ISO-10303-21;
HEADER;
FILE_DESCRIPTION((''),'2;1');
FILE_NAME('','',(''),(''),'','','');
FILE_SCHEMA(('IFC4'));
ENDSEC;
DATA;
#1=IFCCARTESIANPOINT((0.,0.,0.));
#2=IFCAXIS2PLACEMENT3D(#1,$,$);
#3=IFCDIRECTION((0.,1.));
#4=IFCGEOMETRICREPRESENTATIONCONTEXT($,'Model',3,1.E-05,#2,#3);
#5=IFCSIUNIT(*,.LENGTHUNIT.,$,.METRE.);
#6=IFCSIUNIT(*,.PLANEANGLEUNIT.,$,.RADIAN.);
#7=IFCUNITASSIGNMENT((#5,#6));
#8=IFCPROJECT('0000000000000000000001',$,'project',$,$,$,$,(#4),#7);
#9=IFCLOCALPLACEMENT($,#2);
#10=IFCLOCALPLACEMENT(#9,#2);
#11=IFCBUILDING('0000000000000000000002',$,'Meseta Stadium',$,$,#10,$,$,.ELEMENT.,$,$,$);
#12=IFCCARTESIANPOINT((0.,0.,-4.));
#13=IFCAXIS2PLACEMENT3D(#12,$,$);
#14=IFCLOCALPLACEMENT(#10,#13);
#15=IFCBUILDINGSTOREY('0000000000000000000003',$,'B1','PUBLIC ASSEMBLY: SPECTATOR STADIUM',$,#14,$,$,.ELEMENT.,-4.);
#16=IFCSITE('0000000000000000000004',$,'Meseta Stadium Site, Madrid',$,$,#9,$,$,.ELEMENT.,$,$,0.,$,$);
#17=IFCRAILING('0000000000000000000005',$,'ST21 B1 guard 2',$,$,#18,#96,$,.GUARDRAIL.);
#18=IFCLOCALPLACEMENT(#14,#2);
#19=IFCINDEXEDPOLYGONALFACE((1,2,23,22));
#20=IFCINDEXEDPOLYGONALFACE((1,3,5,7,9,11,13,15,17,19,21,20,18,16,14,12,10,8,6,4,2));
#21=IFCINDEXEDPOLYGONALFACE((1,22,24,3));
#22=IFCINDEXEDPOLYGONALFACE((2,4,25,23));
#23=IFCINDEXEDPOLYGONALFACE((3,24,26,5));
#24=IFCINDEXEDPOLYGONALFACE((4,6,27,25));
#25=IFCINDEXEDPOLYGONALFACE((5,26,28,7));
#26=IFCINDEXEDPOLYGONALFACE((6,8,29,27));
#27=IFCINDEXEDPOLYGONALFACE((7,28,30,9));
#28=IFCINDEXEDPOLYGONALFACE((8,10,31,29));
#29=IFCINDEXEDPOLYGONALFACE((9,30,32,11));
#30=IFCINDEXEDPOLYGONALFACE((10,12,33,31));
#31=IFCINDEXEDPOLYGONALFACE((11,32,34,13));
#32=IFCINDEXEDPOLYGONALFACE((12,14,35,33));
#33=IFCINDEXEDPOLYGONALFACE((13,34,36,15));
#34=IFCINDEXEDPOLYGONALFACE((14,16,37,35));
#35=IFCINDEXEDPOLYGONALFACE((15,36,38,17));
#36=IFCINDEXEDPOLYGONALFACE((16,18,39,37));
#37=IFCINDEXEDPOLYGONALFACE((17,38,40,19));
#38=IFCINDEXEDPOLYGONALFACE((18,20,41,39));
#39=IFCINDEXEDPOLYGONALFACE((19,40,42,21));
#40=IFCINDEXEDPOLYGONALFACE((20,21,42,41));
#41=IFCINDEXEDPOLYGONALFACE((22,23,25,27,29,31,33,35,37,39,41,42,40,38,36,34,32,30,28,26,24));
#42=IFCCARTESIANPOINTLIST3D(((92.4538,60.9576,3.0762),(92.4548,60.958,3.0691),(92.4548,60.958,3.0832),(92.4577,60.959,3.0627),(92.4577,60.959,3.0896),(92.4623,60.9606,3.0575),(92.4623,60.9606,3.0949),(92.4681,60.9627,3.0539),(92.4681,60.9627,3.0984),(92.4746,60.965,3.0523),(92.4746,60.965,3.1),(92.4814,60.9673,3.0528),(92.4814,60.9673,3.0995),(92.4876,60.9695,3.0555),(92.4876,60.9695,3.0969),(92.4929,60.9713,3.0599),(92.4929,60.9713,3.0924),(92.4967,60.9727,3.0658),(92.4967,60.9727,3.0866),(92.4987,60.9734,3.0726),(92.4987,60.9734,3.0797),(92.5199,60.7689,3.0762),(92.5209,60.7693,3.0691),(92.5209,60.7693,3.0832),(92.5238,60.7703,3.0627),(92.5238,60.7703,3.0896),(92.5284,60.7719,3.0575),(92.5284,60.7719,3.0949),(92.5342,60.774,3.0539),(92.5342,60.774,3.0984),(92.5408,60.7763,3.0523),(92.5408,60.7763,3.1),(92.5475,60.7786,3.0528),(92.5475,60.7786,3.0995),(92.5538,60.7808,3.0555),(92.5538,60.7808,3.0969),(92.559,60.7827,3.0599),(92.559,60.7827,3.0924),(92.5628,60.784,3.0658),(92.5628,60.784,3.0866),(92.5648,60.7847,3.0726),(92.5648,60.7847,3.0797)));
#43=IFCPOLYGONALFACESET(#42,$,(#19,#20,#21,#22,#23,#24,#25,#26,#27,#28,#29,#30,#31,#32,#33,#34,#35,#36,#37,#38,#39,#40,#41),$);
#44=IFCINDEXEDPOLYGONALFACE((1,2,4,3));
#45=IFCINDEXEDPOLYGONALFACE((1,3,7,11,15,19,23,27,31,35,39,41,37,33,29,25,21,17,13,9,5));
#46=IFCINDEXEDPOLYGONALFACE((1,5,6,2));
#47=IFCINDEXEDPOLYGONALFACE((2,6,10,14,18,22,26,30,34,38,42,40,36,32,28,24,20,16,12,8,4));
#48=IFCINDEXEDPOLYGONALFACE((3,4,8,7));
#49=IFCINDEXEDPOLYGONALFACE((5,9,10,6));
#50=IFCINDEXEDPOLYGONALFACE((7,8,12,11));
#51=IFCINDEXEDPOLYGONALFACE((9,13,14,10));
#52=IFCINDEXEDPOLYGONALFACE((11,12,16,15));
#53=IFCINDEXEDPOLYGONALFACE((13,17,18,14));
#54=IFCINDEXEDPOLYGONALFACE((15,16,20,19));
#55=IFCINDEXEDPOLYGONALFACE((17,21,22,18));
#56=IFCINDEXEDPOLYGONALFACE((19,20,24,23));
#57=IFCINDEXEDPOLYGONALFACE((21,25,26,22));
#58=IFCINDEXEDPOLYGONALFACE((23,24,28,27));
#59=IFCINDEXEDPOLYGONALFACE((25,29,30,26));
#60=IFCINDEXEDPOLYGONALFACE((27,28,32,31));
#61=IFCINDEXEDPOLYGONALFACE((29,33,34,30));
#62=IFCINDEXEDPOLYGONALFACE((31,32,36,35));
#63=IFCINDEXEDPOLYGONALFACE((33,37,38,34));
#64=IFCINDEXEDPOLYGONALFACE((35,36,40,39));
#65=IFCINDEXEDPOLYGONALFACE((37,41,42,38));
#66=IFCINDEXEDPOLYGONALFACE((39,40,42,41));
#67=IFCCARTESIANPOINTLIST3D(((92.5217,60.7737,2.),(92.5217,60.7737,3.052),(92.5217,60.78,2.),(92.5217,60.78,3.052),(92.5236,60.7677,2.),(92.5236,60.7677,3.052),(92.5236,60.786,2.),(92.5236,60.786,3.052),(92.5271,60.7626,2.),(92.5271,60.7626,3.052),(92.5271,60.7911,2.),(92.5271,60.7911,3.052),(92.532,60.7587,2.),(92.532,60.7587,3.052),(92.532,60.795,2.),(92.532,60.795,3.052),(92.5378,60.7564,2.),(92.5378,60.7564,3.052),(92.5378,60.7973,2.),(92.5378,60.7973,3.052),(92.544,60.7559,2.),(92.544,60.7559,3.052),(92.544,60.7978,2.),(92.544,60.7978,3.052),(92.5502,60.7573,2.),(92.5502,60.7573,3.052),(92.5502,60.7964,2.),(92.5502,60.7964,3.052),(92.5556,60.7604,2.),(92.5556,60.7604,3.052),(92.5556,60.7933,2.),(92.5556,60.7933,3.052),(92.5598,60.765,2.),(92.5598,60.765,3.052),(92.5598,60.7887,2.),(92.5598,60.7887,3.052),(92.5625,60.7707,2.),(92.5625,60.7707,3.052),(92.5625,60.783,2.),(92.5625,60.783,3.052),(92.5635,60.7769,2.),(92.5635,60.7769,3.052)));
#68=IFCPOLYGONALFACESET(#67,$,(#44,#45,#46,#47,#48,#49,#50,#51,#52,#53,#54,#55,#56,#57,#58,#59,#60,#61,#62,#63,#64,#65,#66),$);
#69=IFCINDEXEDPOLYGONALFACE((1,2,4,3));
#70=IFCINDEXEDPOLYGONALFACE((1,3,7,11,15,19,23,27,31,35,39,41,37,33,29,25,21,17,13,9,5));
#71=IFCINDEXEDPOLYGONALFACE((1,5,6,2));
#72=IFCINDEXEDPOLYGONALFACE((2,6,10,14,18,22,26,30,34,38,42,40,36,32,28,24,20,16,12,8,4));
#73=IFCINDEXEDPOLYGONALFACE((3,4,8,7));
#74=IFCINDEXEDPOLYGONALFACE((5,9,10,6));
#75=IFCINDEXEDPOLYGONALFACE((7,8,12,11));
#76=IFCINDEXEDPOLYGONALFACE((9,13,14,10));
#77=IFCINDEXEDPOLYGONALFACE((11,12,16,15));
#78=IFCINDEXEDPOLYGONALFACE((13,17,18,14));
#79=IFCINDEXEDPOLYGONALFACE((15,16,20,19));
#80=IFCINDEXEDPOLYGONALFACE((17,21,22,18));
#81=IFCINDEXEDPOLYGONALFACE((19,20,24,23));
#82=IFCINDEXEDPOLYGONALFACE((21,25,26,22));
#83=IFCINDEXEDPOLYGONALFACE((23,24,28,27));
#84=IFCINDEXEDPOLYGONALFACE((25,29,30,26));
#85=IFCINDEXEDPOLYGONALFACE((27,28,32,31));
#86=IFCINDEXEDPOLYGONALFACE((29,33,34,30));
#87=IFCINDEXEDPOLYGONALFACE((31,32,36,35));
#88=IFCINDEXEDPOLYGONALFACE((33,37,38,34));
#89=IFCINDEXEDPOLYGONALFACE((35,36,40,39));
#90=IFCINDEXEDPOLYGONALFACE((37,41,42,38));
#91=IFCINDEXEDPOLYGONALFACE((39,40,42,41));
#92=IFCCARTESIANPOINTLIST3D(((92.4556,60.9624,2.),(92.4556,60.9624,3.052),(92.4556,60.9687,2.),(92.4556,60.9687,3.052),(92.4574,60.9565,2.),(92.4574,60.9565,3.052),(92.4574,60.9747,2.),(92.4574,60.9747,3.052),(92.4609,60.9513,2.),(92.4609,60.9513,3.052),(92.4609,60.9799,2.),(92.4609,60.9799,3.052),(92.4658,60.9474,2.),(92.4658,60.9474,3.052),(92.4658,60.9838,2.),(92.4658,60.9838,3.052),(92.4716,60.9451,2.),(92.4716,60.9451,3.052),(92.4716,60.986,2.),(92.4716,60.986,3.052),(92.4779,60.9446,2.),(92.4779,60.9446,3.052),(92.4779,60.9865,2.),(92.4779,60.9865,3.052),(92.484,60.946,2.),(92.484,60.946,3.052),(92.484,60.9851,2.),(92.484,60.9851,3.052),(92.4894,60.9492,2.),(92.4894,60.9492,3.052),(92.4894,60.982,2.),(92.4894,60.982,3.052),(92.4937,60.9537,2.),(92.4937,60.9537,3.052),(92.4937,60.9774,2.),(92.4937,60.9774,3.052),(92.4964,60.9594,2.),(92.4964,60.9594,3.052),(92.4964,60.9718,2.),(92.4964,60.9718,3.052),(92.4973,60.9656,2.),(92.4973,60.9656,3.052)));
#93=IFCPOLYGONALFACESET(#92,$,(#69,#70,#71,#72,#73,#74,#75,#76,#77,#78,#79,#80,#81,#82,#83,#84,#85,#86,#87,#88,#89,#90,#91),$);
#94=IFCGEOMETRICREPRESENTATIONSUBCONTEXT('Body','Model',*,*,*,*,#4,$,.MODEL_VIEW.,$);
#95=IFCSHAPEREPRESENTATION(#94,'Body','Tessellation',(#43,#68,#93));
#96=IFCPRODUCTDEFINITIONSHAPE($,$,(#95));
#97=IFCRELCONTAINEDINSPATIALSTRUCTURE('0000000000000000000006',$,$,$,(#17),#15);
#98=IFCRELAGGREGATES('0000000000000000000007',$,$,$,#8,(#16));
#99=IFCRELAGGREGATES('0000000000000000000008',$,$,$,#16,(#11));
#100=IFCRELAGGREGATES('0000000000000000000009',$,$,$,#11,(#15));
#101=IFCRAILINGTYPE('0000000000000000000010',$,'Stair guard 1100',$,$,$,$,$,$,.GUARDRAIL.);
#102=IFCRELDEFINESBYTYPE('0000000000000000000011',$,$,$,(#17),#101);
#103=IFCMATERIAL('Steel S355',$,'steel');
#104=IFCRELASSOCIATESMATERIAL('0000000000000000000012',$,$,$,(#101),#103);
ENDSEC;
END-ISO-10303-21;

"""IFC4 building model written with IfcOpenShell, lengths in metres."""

from ifc_helpers import new_model, si_unit, direction, frame, origin, origin_2d, place, context, subcontext, project, spatial, circle, extrude, material, type_object, element, save


model = new_model("IFC4")

# Units and contexts
model_context = context("Model", 3, precision=1e-05, world=origin(), true_north=direction((0.0, 1.0)))
body_context = subcontext(model_context, "Body", "Model", "MODEL_VIEW")
ifc_project = project(units=[si_unit("LENGTHUNIT", "METRE"), si_unit("PLANEANGLEUNIT", "RADIAN")], contexts=[model_context])

# Site, building, storey
site_placement = place(None, origin())
site = spatial("IfcSite", under=ifc_project, at=site_placement, Name="Meseta Stadium Site, Madrid", CompositionType="ELEMENT", RefElevation=0.0)
building_placement = place(site_placement, origin())
building = spatial("IfcBuilding", under=site, at=building_placement, Name="Meseta Stadium", CompositionType="ELEMENT")
storey_placement = place(building_placement, frame((0.0, 0.0, -4.0)))
storey = spatial("IfcBuildingStorey", under=building, at=storey_placement, Name="B1", Description="PUBLIC ASSEMBLY: SPECTATOR STADIUM", CompositionType="ELEMENT", Elevation=-4.0)

# Railing
ifc_material_1 = material(Name="Steel S355", Category="steel")
railing_type_1 = type_object("IfcRailingType", Name="Stair guard 1100", PredefinedType="GUARDRAIL", material=ifc_material_1)
railing_1_placement = place(storey_placement, frame((92.5425, 60.7769, 2.0)))
element("IfcRailing", 1, at=railing_1_placement, inside=storey, type_object=railing_type_1, Name="ST21 B1 guard 2", PredefinedType="GUARDRAIL", context=body_context, shape_type="SweptSolid", body=[
    extrude(circle(Radius=0.0239, at=origin_2d()), frame((0.0, 0.0, 1.0762), z_axis=(-0.33084, 0.943687, 0.0), x_axis=(-0.943687, -0.33084, 0.0)), (0.0, 0.0, 1.0), 0.2),
    extrude(circle(Radius=0.021, at=origin_2d()), origin(), (0.0, 0.0, 1.0), 1.052),
    extrude(circle(Radius=0.021, at=origin_2d()), frame((-0.0662, 0.1887, 0.0)), (0.0, 0.0, 1.0), 1.052),
])

save(model, "model.ifc")
